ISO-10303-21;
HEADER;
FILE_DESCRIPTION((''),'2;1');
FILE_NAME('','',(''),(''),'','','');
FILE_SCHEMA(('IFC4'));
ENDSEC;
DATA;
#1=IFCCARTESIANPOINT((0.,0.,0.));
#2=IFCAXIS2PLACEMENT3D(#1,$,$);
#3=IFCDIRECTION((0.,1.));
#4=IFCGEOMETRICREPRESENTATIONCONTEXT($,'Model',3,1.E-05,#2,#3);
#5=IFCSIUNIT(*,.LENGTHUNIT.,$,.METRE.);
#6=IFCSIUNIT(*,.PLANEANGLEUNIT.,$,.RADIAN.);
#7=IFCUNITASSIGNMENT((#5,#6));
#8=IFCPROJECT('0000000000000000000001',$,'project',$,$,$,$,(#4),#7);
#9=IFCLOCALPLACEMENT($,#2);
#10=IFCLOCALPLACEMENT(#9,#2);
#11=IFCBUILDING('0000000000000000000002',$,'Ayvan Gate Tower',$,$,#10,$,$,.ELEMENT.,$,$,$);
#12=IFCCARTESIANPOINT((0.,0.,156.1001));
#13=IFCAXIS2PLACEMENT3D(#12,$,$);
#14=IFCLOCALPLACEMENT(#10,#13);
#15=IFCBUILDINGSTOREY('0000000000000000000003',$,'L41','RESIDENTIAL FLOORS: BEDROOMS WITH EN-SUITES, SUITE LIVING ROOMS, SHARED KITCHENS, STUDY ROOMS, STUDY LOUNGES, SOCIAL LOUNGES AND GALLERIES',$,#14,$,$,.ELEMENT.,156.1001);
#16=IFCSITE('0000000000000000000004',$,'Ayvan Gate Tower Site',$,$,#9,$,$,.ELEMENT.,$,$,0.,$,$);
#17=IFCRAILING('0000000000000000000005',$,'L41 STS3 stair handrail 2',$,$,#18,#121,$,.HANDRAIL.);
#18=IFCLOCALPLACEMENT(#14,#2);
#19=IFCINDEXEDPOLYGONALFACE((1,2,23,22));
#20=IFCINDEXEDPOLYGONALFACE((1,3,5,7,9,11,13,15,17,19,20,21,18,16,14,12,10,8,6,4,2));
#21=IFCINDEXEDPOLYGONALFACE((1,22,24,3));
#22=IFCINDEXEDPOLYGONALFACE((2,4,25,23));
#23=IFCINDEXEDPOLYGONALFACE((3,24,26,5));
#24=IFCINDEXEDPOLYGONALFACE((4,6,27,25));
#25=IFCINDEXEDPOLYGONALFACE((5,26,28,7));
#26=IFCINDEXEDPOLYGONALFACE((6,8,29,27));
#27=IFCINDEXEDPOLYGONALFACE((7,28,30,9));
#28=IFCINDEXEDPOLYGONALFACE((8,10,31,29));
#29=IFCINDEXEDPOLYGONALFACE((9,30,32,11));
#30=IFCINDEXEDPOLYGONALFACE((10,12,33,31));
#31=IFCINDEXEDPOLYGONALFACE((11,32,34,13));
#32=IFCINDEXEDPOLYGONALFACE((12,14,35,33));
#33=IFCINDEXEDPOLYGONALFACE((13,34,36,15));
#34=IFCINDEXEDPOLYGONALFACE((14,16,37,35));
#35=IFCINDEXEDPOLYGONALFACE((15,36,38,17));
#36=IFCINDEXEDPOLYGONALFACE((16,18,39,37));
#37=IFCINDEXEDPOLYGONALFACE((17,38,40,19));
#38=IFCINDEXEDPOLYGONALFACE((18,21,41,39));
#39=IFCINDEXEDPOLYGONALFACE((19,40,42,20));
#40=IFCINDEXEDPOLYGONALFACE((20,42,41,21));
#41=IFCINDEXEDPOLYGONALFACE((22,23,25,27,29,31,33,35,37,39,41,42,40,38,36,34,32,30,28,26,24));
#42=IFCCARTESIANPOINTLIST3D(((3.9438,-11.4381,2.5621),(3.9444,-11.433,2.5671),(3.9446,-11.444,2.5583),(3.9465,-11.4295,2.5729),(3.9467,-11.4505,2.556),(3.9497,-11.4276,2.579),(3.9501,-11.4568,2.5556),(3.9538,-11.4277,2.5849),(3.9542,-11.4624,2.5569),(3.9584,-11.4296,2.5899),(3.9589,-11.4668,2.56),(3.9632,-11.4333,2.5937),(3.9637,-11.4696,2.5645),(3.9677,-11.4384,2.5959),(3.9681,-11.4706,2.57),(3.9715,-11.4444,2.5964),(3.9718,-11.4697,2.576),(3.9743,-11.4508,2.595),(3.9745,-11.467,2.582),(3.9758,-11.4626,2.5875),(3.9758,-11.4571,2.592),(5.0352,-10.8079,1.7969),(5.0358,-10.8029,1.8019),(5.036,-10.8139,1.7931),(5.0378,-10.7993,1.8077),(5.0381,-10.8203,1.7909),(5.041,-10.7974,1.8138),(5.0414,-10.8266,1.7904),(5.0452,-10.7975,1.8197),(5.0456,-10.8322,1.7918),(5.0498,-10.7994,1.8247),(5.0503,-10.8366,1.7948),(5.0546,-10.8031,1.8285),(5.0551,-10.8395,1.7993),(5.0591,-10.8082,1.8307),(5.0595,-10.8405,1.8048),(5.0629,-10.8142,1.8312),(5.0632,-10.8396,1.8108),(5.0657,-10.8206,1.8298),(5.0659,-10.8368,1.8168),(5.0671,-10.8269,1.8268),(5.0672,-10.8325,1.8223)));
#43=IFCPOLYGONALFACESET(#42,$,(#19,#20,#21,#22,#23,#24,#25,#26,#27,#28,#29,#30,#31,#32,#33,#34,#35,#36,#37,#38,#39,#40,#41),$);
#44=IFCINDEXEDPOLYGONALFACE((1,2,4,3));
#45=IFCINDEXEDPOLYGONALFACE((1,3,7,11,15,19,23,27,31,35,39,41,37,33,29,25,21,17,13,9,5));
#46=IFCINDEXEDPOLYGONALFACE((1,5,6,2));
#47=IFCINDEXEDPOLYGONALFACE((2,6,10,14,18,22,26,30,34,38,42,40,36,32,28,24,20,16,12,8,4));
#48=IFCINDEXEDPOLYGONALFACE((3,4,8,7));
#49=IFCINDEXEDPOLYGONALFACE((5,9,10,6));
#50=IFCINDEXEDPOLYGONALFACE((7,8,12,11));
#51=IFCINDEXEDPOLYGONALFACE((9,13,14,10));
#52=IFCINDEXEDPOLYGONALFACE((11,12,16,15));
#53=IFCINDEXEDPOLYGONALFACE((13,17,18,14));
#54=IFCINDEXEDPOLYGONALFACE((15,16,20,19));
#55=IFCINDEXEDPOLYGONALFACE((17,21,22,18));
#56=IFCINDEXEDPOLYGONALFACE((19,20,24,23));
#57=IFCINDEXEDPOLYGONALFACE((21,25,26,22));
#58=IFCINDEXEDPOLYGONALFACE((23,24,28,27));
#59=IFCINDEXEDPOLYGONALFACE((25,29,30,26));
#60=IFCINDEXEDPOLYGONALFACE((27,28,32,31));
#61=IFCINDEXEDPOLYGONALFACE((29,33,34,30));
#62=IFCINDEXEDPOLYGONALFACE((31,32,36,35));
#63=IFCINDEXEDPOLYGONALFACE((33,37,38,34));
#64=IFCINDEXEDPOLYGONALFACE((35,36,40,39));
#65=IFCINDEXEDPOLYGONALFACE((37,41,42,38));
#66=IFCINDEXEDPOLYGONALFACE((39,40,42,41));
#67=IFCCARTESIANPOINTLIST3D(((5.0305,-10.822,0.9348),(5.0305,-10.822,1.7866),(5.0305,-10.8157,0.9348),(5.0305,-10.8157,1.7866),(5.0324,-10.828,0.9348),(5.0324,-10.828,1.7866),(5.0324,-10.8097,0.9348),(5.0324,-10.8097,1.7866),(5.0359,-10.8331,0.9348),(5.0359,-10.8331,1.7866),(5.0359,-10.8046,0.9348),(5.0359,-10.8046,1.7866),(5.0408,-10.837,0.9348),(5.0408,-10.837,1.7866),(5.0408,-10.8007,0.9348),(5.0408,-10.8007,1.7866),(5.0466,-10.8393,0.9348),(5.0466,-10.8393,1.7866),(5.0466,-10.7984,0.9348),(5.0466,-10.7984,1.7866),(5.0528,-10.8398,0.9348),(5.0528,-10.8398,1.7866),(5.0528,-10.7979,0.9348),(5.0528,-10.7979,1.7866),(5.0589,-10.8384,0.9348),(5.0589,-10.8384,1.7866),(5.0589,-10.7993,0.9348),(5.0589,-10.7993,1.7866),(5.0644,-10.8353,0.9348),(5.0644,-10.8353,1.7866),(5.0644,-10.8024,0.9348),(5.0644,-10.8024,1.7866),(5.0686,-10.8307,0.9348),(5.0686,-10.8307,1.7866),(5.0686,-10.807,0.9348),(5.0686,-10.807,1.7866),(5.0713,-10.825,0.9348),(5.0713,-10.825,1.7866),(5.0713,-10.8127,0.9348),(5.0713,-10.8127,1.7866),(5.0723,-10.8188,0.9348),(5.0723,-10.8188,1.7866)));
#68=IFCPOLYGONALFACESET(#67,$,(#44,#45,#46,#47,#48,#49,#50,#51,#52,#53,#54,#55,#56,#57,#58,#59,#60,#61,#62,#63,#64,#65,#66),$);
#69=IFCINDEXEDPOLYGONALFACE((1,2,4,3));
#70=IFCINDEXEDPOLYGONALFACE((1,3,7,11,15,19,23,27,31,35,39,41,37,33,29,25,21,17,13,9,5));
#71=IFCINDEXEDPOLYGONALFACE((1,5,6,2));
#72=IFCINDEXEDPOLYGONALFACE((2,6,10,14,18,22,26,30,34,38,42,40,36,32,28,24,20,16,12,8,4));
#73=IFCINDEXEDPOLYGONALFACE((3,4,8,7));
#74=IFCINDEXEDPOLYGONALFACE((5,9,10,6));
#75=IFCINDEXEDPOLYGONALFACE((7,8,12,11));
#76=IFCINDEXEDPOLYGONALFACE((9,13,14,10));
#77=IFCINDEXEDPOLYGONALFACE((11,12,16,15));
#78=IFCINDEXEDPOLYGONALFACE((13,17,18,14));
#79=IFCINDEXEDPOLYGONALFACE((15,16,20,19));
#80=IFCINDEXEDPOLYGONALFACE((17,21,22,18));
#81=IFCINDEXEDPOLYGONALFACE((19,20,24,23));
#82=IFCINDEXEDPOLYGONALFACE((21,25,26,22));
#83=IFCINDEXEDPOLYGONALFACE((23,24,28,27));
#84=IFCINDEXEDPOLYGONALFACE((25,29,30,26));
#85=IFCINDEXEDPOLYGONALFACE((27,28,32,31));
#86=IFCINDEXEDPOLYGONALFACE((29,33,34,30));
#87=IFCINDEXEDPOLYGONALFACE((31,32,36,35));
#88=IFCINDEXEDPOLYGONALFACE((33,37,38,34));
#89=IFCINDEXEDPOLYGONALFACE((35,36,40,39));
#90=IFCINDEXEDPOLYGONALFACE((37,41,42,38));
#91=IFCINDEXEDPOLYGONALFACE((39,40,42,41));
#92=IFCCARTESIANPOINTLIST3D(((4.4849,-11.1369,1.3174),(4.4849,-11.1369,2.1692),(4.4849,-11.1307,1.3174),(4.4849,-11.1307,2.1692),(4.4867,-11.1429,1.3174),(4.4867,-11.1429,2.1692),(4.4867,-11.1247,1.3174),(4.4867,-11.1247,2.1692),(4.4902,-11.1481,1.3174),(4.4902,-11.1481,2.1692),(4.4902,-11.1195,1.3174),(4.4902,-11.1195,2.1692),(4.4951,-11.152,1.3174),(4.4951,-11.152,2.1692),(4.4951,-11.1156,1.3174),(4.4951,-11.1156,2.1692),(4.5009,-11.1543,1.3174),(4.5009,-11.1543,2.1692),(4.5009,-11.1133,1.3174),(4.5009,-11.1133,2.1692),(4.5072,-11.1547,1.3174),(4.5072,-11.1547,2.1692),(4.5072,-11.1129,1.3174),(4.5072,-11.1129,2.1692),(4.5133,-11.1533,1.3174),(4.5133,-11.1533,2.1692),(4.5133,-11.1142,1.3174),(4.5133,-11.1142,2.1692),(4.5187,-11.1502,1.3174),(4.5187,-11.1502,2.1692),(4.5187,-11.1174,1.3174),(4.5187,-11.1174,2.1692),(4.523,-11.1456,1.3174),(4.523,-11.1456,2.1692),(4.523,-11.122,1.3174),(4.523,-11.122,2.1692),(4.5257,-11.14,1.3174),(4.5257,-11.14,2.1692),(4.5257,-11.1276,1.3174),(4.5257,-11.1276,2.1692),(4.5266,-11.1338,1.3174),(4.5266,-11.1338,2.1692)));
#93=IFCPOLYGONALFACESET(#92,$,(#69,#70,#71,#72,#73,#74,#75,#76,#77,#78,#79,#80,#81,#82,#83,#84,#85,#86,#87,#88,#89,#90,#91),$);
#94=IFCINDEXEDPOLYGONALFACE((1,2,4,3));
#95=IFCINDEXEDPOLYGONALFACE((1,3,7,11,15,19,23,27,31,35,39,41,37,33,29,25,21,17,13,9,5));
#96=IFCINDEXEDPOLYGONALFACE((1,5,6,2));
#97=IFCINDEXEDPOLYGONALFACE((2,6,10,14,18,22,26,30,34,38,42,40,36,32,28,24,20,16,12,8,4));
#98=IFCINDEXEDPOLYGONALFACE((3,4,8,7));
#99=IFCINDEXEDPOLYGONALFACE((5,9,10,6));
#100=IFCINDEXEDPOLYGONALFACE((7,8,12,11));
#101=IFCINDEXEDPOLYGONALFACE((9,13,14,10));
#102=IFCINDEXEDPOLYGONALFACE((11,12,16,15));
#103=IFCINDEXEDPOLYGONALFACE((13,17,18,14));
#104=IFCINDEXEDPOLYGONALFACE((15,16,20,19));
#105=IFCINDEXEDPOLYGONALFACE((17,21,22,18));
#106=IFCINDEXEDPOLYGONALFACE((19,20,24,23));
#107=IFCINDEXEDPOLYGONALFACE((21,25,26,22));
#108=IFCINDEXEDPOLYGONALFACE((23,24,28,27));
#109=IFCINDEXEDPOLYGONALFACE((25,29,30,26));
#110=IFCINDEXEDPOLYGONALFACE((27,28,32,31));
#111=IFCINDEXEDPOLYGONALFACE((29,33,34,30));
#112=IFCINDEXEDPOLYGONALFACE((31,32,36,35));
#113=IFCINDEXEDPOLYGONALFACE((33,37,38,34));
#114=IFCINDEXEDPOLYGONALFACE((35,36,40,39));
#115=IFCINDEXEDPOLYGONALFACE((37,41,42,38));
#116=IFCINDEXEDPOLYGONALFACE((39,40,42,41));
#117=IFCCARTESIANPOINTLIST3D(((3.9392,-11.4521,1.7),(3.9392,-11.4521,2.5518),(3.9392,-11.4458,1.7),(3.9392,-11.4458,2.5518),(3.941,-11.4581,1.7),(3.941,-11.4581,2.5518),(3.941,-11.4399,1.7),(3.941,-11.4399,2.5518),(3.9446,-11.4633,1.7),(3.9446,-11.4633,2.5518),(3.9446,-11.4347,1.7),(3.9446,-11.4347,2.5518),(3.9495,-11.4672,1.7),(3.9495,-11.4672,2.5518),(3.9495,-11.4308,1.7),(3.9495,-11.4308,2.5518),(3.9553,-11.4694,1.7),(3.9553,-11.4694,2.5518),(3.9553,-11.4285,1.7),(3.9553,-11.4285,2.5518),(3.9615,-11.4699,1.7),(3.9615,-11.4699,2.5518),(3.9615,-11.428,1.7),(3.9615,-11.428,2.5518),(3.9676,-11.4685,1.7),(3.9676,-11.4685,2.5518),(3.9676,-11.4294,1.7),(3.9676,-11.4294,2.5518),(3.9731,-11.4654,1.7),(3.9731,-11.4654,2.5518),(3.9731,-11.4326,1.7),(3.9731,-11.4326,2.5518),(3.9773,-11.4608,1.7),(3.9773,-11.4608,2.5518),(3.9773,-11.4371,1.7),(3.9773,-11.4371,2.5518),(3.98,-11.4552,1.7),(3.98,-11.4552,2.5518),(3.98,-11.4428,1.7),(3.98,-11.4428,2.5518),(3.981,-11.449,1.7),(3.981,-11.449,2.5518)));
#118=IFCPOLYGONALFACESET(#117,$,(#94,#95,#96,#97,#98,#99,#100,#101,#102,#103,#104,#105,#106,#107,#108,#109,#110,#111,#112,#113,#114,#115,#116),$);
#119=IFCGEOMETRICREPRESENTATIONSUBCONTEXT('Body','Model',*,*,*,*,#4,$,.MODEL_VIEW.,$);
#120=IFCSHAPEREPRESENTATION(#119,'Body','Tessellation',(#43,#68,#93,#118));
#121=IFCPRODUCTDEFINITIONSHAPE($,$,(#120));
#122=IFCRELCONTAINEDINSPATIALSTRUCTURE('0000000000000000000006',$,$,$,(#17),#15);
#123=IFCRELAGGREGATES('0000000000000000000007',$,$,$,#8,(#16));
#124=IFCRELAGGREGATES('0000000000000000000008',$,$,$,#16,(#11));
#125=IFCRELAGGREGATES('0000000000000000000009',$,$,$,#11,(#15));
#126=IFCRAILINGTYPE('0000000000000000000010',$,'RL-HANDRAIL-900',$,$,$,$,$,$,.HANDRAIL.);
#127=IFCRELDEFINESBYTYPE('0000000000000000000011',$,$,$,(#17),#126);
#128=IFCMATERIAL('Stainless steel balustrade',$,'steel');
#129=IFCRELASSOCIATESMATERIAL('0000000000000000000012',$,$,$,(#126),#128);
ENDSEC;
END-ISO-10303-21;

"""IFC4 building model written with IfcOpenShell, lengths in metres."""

from ifc_helpers import new_model, si_unit, direction, frame, origin, origin_2d, place, context, subcontext, project, spatial, circle, extrude, material, type_object, element, save


model = new_model("IFC4")

# Units and contexts
model_context = context("Model", 3, precision=1e-05, world=origin(), true_north=direction((0.0, 1.0)))
body_context = subcontext(model_context, "Body", "Model", "MODEL_VIEW")
ifc_project = project(units=[si_unit("LENGTHUNIT", "METRE"), si_unit("PLANEANGLEUNIT", "RADIAN")], contexts=[model_context])

# Site, building, storey
site_placement = place(None, origin())
site = spatial("IfcSite", under=ifc_project, at=site_placement, Name="Ayvan Gate Tower Site", CompositionType="ELEMENT", RefElevation=0.0)
building_placement = place(site_placement, origin())
building = spatial("IfcBuilding", under=site, at=building_placement, Name="Ayvan Gate Tower", CompositionType="ELEMENT")
storey_placement = place(building_placement, frame((0.0, 0.0, 156.1001)))
storey = spatial("IfcBuildingStorey", under=building, at=storey_placement, Name="L41", Description="RESIDENTIAL FLOORS: BEDROOMS WITH EN-SUITES, SUITE LIVING ROOMS, SHARED KITCHENS, STUDY ROOMS, STUDY LOUNGES, SOCIAL LOUNGES AND GALLERIES", CompositionType="ELEMENT", Elevation=156.1001)

# Railing
ifc_material_1 = material(Name="Stainless steel balustrade", Category="steel")
railing_type_1 = type_object("IfcRailingType", Name="RL-HANDRAIL-900", PredefinedType="HANDRAIL", material=ifc_material_1)
railing_1_placement = place(storey_placement, frame((5.0513, -10.8188, 0.9348)))
element("IfcRailing", 1, at=railing_1_placement, inside=storey, type_object=railing_type_1, Name="L41 STS3 stair handrail 2", PredefinedType="HANDRAIL", context=body_context, shape_type="SweptSolid", body=[
    extrude(circle(Radius=0.0239, at=origin_2d()), frame((0.0, 0.0, 0.876), z_axis=(-0.740241, -0.427419, 0.518996), x_axis=(0.500035, -0.866005, 0.0)), (0.0, 0.0, 1.0), 1.4744),
    extrude(circle(Radius=0.021, at=origin_2d()), origin(), (0.0, 0.0, 1.0), 0.8518),
    extrude(circle(Radius=0.021, at=origin_2d()), frame((-0.5457, -0.3149, 0.3826)), (0.0, 0.0, 1.0), 0.8518),
    extrude(circle(Radius=0.021, at=origin_2d()), frame((-1.0913, -0.6301, 0.7651)), (0.0, 0.0, 1.0), 0.8518),
])

save(model, "model.ifc")
